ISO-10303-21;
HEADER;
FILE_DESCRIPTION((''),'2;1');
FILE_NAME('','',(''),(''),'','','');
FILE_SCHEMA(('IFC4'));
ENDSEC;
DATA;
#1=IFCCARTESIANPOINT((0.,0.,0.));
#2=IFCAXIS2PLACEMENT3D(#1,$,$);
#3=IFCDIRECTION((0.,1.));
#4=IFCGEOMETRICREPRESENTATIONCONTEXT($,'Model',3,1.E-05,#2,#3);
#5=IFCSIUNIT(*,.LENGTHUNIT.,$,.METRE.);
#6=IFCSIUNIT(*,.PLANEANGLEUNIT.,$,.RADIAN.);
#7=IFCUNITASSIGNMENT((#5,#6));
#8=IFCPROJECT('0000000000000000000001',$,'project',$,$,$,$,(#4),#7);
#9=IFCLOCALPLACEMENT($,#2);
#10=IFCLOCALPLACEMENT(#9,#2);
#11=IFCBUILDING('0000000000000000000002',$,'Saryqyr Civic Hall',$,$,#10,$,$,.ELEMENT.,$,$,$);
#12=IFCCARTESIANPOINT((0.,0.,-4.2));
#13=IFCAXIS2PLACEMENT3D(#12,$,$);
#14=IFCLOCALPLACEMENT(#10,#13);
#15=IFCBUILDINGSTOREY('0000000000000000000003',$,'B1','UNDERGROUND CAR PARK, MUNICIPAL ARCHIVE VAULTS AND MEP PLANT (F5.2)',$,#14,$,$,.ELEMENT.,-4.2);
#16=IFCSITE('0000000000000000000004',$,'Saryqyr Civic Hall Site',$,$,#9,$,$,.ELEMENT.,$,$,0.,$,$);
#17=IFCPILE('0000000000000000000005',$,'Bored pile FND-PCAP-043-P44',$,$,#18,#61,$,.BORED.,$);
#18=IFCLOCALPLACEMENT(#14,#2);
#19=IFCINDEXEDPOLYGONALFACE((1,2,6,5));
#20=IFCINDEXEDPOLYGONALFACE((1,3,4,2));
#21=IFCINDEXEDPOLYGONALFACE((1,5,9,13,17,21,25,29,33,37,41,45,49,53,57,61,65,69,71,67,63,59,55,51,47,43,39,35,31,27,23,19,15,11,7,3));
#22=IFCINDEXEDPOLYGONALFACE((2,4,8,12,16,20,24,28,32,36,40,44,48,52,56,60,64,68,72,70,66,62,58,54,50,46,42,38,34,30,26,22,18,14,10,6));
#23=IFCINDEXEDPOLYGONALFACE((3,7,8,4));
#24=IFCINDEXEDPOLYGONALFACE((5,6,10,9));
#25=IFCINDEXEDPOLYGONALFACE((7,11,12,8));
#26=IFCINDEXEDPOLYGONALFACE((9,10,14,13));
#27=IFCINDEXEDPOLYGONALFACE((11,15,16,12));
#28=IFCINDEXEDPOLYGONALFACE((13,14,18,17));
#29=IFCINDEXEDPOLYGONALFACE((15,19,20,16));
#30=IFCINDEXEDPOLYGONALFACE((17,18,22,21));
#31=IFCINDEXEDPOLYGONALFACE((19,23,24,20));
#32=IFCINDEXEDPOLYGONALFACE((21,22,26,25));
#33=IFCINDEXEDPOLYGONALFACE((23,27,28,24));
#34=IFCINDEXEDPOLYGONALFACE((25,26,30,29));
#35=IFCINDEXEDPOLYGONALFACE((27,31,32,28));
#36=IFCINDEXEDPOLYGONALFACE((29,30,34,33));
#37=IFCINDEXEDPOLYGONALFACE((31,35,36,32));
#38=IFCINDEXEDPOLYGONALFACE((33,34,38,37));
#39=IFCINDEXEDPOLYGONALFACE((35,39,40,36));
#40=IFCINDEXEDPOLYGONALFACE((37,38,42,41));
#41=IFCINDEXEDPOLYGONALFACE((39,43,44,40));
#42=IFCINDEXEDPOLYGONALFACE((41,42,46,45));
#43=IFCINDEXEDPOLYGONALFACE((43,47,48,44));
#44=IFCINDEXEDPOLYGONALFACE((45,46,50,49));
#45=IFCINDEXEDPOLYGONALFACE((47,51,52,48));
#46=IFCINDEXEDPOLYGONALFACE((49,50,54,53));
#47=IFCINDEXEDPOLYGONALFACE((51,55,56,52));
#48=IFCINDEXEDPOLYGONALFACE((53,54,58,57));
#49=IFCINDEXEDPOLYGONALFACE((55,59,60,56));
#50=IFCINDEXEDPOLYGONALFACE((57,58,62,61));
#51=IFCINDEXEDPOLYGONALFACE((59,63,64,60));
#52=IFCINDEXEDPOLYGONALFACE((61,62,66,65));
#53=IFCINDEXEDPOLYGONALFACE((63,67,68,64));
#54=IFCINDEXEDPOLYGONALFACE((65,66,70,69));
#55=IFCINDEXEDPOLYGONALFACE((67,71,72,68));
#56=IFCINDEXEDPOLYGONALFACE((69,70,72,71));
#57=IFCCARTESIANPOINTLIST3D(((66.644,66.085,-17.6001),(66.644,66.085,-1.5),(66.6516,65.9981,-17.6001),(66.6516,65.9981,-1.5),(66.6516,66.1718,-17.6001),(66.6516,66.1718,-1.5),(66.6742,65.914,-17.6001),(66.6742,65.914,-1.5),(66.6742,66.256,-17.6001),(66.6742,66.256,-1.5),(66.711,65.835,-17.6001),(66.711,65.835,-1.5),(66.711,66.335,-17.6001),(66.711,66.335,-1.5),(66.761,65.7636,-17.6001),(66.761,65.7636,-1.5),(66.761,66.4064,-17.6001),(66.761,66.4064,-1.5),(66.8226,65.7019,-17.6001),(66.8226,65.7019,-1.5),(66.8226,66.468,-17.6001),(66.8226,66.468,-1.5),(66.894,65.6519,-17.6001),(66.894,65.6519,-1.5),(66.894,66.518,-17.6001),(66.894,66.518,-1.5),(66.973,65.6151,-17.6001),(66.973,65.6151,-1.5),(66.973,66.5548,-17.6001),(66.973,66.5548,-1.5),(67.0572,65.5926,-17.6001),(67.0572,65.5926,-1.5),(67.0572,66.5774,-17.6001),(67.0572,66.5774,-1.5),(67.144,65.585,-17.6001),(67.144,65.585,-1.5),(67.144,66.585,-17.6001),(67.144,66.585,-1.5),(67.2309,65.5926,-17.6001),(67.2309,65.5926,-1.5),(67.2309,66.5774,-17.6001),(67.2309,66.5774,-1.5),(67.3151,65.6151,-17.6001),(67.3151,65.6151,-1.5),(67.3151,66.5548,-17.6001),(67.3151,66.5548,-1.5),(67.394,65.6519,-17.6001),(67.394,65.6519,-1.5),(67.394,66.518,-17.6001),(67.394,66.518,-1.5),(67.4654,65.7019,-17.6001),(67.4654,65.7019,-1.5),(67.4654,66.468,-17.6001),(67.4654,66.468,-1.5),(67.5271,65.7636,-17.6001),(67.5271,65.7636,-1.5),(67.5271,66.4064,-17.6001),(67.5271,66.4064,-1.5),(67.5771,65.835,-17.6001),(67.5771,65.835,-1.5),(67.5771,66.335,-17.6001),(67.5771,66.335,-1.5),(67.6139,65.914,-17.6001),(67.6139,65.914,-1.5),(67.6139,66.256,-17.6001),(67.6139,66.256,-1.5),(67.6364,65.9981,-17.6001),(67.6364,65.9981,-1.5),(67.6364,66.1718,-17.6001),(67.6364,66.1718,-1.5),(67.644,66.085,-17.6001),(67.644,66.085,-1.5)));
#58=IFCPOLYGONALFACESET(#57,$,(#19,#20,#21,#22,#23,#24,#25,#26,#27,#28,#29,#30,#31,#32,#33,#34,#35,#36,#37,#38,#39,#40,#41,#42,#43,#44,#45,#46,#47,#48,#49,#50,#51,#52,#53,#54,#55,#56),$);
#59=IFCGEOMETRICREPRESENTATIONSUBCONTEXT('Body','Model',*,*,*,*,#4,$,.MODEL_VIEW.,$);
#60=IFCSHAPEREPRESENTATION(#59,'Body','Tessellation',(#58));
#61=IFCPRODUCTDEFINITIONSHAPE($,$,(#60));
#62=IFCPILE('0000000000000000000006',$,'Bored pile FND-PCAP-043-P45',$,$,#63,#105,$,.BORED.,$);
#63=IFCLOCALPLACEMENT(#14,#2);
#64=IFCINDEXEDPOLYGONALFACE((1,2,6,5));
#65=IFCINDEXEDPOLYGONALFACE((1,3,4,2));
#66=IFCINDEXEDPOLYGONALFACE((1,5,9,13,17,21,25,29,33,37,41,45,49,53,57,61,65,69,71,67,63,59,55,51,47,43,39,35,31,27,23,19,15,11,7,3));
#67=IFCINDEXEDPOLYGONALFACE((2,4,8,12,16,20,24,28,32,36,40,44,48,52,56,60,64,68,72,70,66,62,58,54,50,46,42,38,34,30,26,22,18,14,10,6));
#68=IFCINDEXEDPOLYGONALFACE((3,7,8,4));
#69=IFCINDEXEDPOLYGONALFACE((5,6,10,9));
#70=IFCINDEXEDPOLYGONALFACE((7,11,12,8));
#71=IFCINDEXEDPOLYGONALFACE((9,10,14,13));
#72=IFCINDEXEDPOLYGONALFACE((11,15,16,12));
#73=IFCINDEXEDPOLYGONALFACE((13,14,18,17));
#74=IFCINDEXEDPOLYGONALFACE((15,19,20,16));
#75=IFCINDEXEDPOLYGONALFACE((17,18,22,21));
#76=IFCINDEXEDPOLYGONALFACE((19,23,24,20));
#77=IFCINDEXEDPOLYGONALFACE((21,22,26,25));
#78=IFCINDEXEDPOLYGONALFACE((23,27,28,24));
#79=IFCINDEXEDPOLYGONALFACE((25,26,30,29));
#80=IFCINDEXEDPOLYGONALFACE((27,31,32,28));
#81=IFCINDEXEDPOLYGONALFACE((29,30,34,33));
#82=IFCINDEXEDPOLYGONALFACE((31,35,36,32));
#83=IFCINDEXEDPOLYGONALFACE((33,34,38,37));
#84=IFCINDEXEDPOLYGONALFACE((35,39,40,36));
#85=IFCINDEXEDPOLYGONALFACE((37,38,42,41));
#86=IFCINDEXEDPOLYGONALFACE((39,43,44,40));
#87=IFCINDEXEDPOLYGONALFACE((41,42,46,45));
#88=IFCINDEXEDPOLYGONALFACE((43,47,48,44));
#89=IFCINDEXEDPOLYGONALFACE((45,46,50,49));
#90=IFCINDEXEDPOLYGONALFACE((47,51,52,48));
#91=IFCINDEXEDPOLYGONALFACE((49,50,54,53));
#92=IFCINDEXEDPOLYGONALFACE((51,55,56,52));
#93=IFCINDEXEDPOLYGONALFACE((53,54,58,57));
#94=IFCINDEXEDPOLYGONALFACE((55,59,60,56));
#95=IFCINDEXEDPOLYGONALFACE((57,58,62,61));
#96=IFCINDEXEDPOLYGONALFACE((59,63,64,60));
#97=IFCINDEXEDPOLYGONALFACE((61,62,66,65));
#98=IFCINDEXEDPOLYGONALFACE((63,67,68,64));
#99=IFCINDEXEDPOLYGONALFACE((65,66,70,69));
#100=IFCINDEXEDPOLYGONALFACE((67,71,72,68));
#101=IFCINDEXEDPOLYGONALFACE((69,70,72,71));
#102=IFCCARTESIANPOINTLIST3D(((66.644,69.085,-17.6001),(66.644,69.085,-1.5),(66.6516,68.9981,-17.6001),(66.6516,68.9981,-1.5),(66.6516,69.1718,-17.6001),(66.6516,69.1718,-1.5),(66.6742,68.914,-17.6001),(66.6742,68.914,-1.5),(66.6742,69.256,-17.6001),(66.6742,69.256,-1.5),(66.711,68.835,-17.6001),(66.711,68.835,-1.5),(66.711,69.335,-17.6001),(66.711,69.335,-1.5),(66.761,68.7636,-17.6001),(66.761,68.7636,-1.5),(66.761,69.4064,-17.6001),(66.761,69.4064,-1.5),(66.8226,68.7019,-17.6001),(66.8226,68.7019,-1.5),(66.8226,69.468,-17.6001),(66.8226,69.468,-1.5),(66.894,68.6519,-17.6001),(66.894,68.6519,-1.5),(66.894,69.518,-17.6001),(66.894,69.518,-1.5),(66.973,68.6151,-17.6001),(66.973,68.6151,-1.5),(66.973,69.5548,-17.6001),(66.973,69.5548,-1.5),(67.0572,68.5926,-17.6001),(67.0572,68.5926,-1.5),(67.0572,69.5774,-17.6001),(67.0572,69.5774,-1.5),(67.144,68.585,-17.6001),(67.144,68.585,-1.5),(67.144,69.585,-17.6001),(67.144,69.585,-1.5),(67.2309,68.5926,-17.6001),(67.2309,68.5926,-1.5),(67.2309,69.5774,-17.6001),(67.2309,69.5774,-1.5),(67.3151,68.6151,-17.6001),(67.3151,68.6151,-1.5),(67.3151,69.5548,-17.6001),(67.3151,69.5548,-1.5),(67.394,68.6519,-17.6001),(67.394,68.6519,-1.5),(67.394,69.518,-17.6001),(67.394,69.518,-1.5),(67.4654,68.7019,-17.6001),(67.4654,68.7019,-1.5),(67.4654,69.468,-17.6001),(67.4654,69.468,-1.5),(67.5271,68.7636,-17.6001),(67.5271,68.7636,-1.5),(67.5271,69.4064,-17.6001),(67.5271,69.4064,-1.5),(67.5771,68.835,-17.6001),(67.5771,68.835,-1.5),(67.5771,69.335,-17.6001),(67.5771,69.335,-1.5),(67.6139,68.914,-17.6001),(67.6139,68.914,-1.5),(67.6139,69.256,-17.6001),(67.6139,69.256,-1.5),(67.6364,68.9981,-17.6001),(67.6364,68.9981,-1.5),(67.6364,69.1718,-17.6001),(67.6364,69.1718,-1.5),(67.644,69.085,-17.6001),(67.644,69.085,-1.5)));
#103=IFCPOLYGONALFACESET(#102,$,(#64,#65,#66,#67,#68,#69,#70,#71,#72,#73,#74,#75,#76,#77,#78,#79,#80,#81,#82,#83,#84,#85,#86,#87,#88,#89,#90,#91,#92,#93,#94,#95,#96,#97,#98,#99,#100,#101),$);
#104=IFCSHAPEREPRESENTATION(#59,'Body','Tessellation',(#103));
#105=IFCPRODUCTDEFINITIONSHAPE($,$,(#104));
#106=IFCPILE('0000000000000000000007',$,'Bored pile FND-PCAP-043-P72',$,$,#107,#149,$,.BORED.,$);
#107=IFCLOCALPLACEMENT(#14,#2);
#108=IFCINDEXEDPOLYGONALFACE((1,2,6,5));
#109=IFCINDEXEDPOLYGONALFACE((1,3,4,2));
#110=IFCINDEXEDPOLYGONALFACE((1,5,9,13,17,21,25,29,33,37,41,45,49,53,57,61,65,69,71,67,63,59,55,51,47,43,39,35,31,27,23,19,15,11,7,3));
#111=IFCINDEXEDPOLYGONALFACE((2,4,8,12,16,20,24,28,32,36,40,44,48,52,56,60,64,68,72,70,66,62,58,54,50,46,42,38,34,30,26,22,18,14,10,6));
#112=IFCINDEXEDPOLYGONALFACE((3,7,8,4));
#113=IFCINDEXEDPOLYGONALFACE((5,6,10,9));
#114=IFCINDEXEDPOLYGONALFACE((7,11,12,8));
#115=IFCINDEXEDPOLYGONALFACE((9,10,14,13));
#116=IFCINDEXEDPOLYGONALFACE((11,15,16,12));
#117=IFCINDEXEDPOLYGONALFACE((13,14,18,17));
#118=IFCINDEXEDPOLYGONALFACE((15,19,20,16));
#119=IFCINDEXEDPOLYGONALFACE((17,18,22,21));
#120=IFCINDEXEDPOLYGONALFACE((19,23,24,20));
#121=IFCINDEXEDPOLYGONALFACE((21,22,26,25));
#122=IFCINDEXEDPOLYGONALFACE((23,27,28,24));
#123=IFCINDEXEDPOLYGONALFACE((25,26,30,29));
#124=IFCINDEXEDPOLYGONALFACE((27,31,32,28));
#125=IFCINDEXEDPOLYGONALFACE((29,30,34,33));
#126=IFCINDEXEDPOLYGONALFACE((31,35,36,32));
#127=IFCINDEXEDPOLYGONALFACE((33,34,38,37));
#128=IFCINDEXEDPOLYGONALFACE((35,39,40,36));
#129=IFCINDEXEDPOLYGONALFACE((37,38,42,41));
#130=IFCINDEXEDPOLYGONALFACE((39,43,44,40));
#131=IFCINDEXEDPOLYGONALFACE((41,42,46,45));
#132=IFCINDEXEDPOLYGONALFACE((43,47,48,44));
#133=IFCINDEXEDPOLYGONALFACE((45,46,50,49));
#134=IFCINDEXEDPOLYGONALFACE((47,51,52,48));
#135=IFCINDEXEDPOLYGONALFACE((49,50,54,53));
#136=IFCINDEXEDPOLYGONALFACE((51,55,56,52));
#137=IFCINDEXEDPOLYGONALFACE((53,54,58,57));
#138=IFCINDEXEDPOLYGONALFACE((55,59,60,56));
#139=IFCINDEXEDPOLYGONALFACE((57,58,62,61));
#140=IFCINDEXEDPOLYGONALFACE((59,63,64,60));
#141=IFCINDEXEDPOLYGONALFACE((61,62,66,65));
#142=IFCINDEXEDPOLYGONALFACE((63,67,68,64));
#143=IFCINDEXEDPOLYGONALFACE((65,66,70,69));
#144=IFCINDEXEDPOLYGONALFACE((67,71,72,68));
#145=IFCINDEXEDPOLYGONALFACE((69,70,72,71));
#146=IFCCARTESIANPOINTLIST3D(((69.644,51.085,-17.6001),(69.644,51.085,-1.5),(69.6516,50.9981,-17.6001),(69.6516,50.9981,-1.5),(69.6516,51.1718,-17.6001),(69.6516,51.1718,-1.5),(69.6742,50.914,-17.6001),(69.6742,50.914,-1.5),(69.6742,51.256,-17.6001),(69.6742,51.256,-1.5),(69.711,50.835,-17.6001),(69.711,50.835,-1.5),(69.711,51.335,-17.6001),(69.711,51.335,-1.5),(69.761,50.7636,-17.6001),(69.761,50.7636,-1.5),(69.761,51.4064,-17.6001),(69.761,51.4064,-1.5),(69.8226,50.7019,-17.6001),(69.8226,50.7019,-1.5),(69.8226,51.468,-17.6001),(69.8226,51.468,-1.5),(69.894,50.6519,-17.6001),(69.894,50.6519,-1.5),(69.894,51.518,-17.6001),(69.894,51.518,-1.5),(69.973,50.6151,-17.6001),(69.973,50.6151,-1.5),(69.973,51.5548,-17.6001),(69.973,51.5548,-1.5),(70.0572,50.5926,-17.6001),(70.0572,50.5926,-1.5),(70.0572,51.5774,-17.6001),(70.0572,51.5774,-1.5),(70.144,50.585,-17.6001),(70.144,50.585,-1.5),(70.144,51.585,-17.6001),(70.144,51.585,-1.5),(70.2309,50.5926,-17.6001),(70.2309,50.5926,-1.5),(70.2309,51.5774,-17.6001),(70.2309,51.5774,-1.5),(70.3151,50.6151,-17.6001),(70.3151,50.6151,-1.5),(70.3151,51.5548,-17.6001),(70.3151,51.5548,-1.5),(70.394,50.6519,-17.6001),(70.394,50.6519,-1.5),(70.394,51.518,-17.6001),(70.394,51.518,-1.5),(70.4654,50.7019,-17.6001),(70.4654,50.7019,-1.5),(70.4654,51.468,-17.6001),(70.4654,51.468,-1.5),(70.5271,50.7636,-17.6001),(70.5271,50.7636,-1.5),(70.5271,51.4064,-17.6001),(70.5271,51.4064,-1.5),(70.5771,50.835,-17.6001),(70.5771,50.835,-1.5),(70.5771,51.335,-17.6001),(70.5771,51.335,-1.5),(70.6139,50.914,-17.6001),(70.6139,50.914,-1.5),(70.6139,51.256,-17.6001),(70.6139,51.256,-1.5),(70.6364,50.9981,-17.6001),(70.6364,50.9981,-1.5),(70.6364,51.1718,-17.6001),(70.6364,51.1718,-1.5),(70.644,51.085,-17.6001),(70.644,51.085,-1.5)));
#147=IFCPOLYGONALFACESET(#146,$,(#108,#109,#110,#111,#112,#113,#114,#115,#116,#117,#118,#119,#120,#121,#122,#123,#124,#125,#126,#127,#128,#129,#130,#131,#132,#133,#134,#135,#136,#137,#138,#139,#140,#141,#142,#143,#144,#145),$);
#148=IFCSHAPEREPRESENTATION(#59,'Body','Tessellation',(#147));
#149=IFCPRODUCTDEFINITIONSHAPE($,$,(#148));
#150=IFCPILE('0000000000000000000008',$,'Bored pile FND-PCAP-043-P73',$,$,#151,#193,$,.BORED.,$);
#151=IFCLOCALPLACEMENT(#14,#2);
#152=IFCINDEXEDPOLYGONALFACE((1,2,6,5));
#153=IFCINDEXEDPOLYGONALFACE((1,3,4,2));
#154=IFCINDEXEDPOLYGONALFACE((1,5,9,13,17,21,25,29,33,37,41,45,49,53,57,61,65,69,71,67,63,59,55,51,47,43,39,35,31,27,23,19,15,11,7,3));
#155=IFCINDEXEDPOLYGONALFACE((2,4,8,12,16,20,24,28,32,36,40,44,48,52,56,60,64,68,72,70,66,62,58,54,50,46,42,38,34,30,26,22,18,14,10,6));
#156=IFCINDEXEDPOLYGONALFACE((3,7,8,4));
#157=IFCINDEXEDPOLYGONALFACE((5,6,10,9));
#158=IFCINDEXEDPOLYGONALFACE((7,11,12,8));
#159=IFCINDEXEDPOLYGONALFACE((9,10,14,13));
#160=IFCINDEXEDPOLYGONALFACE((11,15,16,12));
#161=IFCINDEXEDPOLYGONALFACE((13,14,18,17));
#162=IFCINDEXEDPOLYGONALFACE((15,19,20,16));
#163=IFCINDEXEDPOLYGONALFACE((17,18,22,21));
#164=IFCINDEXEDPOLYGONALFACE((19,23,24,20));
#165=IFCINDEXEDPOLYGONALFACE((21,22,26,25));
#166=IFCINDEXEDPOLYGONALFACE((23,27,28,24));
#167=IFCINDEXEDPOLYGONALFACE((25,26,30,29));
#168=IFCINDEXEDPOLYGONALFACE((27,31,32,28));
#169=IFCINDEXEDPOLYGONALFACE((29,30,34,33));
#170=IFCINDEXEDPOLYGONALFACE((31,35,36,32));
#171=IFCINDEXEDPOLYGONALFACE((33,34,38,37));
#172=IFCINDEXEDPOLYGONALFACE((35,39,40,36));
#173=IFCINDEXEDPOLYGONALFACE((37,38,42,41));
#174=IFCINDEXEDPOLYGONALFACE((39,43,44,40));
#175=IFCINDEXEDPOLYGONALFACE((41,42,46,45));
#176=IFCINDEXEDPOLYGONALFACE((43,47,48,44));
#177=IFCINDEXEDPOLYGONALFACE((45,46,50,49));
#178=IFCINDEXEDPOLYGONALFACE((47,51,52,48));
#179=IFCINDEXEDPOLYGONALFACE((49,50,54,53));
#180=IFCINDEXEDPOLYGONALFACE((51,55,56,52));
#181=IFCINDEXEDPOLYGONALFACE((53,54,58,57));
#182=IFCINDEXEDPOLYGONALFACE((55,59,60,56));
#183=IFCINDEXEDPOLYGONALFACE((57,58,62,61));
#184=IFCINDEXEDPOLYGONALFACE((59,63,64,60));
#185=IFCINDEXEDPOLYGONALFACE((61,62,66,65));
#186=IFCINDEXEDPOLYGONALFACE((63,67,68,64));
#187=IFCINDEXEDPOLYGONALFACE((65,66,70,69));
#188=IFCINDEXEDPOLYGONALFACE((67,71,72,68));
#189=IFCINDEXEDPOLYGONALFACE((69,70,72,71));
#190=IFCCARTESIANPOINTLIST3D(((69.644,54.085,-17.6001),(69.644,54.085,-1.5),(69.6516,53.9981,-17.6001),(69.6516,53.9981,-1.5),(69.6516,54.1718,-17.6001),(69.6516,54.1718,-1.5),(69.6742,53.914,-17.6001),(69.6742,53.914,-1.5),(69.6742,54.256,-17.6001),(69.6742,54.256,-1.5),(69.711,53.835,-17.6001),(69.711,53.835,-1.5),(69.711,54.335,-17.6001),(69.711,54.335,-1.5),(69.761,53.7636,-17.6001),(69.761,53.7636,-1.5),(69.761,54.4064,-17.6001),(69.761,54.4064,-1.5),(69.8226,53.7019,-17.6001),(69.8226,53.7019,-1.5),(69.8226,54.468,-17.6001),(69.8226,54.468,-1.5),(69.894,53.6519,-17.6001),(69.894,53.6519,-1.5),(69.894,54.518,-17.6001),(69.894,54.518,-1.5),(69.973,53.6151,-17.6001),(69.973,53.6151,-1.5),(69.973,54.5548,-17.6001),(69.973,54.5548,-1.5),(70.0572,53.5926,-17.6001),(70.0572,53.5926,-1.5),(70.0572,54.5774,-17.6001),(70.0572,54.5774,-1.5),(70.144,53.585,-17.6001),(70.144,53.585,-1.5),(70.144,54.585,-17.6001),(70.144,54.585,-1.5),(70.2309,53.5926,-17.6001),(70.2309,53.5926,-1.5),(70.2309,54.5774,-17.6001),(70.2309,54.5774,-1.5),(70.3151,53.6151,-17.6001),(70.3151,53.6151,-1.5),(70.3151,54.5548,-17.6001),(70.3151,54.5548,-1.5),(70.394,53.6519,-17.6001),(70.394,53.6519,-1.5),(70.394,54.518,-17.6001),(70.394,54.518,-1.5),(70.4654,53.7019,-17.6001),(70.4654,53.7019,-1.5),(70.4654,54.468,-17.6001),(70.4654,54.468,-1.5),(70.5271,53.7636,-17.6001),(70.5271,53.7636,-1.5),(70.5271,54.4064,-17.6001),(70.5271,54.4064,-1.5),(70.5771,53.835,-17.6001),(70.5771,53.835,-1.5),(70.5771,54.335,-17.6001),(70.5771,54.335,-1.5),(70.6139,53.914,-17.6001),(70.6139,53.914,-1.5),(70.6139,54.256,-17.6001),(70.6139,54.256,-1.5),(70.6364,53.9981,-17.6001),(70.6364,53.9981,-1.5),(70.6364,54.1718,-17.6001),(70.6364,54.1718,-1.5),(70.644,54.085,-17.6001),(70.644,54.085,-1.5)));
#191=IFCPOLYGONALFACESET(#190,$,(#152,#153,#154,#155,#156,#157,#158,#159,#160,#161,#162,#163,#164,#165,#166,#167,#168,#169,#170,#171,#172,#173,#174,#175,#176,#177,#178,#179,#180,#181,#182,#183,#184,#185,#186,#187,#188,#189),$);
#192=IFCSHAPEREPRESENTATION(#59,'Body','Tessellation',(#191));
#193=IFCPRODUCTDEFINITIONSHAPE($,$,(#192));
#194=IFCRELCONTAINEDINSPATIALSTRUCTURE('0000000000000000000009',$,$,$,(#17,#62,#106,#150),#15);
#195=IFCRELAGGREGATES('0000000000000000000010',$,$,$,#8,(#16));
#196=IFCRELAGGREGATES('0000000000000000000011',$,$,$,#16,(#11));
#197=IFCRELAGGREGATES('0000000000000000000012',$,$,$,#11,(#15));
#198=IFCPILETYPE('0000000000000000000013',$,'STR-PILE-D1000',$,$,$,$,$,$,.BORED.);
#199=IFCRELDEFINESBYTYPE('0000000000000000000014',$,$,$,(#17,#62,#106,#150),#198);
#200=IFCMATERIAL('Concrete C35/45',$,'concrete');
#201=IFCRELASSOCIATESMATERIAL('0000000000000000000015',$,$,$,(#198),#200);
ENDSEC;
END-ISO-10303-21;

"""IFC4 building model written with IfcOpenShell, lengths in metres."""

from ifc_helpers import new_model, si_unit, direction, frame, origin, origin_2d, place, context, subcontext, project, spatial, circle, extrude, material, material_profile, profile_set, type_object, element, save


model = new_model("IFC4")

# Units and contexts
model_context = context("Model", 3, precision=1e-05, world=origin(), true_north=direction((0.0, 1.0)))
body_context = subcontext(model_context, "Body", "Model", "MODEL_VIEW")
ifc_project = project(units=[si_unit("LENGTHUNIT", "METRE"), si_unit("PLANEANGLEUNIT", "RADIAN")], contexts=[model_context])

# Site, building, storey
site_placement = place(None, origin())
site = spatial("IfcSite", under=ifc_project, at=site_placement, Name="Saryqyr Civic Hall Site", CompositionType="ELEMENT", RefElevation=0.0)
building_placement = place(site_placement, origin())
building = spatial("IfcBuilding", under=site, at=building_placement, Name="Saryqyr Civic Hall", CompositionType="ELEMENT")
storey_placement = place(building_placement, frame((0.0, 0.0, -4.2)))
storey = spatial("IfcBuildingStorey", under=building, at=storey_placement, Name="B1", Description="UNDERGROUND CAR PARK, MUNICIPAL ARCHIVE VAULTS AND MEP PLANT (F5.2)", CompositionType="ELEMENT", Elevation=-4.2)

# Piles
ifc_material_1 = material(Name="Concrete C35/45", Category="concrete")
ifc_material_profile_1 = material_profile(ifc_material_1, circle(Radius=0.5, at=origin_2d()), Name="BORED PILE D1000")
ifc_profile_set_1 = profile_set([ifc_material_profile_1], Name="Concrete C35/45")
pile_type = type_object("IfcPileType", Name="STR-PILE-D1000", PredefinedType="BORED", material=ifc_profile_set_1)
for number, where, z_axis, x_axis, name in (
    (1, (67.144, 66.085, -1.5), (0.0, 0.0, -1.0), (1.0, 0.0, 0.0), "Bored pile FND-PCAP-043-P44"),
    (2, (67.144, 69.085, -1.5), (0.0, 0.0, -1.0), (1.0, 0.0, 0.0), "Bored pile FND-PCAP-043-P45"),
    (3, (70.144, 51.085, -1.5), (0.0, 0.0, -1.0), (1.0, 0.0, 0.0), "Bored pile FND-PCAP-043-P72"),
    (4, (70.144, 54.085, -1.5), (0.0, 0.0, -1.0), (1.0, 0.0, 0.0), "Bored pile FND-PCAP-043-P73"),
):
    element("IfcPile", number, at=place(storey_placement, frame(where, z_axis=z_axis, x_axis=x_axis)), inside=storey, type_object=pile_type, Name=name, PredefinedType="BORED", context=body_context, shape_type="SweptSolid", body=[
        extrude(circle(Radius=0.5, at=origin_2d()), origin(), (0.0, 0.0, 1.0), 16.1001),
    ])

save(model, "model.ifc")
